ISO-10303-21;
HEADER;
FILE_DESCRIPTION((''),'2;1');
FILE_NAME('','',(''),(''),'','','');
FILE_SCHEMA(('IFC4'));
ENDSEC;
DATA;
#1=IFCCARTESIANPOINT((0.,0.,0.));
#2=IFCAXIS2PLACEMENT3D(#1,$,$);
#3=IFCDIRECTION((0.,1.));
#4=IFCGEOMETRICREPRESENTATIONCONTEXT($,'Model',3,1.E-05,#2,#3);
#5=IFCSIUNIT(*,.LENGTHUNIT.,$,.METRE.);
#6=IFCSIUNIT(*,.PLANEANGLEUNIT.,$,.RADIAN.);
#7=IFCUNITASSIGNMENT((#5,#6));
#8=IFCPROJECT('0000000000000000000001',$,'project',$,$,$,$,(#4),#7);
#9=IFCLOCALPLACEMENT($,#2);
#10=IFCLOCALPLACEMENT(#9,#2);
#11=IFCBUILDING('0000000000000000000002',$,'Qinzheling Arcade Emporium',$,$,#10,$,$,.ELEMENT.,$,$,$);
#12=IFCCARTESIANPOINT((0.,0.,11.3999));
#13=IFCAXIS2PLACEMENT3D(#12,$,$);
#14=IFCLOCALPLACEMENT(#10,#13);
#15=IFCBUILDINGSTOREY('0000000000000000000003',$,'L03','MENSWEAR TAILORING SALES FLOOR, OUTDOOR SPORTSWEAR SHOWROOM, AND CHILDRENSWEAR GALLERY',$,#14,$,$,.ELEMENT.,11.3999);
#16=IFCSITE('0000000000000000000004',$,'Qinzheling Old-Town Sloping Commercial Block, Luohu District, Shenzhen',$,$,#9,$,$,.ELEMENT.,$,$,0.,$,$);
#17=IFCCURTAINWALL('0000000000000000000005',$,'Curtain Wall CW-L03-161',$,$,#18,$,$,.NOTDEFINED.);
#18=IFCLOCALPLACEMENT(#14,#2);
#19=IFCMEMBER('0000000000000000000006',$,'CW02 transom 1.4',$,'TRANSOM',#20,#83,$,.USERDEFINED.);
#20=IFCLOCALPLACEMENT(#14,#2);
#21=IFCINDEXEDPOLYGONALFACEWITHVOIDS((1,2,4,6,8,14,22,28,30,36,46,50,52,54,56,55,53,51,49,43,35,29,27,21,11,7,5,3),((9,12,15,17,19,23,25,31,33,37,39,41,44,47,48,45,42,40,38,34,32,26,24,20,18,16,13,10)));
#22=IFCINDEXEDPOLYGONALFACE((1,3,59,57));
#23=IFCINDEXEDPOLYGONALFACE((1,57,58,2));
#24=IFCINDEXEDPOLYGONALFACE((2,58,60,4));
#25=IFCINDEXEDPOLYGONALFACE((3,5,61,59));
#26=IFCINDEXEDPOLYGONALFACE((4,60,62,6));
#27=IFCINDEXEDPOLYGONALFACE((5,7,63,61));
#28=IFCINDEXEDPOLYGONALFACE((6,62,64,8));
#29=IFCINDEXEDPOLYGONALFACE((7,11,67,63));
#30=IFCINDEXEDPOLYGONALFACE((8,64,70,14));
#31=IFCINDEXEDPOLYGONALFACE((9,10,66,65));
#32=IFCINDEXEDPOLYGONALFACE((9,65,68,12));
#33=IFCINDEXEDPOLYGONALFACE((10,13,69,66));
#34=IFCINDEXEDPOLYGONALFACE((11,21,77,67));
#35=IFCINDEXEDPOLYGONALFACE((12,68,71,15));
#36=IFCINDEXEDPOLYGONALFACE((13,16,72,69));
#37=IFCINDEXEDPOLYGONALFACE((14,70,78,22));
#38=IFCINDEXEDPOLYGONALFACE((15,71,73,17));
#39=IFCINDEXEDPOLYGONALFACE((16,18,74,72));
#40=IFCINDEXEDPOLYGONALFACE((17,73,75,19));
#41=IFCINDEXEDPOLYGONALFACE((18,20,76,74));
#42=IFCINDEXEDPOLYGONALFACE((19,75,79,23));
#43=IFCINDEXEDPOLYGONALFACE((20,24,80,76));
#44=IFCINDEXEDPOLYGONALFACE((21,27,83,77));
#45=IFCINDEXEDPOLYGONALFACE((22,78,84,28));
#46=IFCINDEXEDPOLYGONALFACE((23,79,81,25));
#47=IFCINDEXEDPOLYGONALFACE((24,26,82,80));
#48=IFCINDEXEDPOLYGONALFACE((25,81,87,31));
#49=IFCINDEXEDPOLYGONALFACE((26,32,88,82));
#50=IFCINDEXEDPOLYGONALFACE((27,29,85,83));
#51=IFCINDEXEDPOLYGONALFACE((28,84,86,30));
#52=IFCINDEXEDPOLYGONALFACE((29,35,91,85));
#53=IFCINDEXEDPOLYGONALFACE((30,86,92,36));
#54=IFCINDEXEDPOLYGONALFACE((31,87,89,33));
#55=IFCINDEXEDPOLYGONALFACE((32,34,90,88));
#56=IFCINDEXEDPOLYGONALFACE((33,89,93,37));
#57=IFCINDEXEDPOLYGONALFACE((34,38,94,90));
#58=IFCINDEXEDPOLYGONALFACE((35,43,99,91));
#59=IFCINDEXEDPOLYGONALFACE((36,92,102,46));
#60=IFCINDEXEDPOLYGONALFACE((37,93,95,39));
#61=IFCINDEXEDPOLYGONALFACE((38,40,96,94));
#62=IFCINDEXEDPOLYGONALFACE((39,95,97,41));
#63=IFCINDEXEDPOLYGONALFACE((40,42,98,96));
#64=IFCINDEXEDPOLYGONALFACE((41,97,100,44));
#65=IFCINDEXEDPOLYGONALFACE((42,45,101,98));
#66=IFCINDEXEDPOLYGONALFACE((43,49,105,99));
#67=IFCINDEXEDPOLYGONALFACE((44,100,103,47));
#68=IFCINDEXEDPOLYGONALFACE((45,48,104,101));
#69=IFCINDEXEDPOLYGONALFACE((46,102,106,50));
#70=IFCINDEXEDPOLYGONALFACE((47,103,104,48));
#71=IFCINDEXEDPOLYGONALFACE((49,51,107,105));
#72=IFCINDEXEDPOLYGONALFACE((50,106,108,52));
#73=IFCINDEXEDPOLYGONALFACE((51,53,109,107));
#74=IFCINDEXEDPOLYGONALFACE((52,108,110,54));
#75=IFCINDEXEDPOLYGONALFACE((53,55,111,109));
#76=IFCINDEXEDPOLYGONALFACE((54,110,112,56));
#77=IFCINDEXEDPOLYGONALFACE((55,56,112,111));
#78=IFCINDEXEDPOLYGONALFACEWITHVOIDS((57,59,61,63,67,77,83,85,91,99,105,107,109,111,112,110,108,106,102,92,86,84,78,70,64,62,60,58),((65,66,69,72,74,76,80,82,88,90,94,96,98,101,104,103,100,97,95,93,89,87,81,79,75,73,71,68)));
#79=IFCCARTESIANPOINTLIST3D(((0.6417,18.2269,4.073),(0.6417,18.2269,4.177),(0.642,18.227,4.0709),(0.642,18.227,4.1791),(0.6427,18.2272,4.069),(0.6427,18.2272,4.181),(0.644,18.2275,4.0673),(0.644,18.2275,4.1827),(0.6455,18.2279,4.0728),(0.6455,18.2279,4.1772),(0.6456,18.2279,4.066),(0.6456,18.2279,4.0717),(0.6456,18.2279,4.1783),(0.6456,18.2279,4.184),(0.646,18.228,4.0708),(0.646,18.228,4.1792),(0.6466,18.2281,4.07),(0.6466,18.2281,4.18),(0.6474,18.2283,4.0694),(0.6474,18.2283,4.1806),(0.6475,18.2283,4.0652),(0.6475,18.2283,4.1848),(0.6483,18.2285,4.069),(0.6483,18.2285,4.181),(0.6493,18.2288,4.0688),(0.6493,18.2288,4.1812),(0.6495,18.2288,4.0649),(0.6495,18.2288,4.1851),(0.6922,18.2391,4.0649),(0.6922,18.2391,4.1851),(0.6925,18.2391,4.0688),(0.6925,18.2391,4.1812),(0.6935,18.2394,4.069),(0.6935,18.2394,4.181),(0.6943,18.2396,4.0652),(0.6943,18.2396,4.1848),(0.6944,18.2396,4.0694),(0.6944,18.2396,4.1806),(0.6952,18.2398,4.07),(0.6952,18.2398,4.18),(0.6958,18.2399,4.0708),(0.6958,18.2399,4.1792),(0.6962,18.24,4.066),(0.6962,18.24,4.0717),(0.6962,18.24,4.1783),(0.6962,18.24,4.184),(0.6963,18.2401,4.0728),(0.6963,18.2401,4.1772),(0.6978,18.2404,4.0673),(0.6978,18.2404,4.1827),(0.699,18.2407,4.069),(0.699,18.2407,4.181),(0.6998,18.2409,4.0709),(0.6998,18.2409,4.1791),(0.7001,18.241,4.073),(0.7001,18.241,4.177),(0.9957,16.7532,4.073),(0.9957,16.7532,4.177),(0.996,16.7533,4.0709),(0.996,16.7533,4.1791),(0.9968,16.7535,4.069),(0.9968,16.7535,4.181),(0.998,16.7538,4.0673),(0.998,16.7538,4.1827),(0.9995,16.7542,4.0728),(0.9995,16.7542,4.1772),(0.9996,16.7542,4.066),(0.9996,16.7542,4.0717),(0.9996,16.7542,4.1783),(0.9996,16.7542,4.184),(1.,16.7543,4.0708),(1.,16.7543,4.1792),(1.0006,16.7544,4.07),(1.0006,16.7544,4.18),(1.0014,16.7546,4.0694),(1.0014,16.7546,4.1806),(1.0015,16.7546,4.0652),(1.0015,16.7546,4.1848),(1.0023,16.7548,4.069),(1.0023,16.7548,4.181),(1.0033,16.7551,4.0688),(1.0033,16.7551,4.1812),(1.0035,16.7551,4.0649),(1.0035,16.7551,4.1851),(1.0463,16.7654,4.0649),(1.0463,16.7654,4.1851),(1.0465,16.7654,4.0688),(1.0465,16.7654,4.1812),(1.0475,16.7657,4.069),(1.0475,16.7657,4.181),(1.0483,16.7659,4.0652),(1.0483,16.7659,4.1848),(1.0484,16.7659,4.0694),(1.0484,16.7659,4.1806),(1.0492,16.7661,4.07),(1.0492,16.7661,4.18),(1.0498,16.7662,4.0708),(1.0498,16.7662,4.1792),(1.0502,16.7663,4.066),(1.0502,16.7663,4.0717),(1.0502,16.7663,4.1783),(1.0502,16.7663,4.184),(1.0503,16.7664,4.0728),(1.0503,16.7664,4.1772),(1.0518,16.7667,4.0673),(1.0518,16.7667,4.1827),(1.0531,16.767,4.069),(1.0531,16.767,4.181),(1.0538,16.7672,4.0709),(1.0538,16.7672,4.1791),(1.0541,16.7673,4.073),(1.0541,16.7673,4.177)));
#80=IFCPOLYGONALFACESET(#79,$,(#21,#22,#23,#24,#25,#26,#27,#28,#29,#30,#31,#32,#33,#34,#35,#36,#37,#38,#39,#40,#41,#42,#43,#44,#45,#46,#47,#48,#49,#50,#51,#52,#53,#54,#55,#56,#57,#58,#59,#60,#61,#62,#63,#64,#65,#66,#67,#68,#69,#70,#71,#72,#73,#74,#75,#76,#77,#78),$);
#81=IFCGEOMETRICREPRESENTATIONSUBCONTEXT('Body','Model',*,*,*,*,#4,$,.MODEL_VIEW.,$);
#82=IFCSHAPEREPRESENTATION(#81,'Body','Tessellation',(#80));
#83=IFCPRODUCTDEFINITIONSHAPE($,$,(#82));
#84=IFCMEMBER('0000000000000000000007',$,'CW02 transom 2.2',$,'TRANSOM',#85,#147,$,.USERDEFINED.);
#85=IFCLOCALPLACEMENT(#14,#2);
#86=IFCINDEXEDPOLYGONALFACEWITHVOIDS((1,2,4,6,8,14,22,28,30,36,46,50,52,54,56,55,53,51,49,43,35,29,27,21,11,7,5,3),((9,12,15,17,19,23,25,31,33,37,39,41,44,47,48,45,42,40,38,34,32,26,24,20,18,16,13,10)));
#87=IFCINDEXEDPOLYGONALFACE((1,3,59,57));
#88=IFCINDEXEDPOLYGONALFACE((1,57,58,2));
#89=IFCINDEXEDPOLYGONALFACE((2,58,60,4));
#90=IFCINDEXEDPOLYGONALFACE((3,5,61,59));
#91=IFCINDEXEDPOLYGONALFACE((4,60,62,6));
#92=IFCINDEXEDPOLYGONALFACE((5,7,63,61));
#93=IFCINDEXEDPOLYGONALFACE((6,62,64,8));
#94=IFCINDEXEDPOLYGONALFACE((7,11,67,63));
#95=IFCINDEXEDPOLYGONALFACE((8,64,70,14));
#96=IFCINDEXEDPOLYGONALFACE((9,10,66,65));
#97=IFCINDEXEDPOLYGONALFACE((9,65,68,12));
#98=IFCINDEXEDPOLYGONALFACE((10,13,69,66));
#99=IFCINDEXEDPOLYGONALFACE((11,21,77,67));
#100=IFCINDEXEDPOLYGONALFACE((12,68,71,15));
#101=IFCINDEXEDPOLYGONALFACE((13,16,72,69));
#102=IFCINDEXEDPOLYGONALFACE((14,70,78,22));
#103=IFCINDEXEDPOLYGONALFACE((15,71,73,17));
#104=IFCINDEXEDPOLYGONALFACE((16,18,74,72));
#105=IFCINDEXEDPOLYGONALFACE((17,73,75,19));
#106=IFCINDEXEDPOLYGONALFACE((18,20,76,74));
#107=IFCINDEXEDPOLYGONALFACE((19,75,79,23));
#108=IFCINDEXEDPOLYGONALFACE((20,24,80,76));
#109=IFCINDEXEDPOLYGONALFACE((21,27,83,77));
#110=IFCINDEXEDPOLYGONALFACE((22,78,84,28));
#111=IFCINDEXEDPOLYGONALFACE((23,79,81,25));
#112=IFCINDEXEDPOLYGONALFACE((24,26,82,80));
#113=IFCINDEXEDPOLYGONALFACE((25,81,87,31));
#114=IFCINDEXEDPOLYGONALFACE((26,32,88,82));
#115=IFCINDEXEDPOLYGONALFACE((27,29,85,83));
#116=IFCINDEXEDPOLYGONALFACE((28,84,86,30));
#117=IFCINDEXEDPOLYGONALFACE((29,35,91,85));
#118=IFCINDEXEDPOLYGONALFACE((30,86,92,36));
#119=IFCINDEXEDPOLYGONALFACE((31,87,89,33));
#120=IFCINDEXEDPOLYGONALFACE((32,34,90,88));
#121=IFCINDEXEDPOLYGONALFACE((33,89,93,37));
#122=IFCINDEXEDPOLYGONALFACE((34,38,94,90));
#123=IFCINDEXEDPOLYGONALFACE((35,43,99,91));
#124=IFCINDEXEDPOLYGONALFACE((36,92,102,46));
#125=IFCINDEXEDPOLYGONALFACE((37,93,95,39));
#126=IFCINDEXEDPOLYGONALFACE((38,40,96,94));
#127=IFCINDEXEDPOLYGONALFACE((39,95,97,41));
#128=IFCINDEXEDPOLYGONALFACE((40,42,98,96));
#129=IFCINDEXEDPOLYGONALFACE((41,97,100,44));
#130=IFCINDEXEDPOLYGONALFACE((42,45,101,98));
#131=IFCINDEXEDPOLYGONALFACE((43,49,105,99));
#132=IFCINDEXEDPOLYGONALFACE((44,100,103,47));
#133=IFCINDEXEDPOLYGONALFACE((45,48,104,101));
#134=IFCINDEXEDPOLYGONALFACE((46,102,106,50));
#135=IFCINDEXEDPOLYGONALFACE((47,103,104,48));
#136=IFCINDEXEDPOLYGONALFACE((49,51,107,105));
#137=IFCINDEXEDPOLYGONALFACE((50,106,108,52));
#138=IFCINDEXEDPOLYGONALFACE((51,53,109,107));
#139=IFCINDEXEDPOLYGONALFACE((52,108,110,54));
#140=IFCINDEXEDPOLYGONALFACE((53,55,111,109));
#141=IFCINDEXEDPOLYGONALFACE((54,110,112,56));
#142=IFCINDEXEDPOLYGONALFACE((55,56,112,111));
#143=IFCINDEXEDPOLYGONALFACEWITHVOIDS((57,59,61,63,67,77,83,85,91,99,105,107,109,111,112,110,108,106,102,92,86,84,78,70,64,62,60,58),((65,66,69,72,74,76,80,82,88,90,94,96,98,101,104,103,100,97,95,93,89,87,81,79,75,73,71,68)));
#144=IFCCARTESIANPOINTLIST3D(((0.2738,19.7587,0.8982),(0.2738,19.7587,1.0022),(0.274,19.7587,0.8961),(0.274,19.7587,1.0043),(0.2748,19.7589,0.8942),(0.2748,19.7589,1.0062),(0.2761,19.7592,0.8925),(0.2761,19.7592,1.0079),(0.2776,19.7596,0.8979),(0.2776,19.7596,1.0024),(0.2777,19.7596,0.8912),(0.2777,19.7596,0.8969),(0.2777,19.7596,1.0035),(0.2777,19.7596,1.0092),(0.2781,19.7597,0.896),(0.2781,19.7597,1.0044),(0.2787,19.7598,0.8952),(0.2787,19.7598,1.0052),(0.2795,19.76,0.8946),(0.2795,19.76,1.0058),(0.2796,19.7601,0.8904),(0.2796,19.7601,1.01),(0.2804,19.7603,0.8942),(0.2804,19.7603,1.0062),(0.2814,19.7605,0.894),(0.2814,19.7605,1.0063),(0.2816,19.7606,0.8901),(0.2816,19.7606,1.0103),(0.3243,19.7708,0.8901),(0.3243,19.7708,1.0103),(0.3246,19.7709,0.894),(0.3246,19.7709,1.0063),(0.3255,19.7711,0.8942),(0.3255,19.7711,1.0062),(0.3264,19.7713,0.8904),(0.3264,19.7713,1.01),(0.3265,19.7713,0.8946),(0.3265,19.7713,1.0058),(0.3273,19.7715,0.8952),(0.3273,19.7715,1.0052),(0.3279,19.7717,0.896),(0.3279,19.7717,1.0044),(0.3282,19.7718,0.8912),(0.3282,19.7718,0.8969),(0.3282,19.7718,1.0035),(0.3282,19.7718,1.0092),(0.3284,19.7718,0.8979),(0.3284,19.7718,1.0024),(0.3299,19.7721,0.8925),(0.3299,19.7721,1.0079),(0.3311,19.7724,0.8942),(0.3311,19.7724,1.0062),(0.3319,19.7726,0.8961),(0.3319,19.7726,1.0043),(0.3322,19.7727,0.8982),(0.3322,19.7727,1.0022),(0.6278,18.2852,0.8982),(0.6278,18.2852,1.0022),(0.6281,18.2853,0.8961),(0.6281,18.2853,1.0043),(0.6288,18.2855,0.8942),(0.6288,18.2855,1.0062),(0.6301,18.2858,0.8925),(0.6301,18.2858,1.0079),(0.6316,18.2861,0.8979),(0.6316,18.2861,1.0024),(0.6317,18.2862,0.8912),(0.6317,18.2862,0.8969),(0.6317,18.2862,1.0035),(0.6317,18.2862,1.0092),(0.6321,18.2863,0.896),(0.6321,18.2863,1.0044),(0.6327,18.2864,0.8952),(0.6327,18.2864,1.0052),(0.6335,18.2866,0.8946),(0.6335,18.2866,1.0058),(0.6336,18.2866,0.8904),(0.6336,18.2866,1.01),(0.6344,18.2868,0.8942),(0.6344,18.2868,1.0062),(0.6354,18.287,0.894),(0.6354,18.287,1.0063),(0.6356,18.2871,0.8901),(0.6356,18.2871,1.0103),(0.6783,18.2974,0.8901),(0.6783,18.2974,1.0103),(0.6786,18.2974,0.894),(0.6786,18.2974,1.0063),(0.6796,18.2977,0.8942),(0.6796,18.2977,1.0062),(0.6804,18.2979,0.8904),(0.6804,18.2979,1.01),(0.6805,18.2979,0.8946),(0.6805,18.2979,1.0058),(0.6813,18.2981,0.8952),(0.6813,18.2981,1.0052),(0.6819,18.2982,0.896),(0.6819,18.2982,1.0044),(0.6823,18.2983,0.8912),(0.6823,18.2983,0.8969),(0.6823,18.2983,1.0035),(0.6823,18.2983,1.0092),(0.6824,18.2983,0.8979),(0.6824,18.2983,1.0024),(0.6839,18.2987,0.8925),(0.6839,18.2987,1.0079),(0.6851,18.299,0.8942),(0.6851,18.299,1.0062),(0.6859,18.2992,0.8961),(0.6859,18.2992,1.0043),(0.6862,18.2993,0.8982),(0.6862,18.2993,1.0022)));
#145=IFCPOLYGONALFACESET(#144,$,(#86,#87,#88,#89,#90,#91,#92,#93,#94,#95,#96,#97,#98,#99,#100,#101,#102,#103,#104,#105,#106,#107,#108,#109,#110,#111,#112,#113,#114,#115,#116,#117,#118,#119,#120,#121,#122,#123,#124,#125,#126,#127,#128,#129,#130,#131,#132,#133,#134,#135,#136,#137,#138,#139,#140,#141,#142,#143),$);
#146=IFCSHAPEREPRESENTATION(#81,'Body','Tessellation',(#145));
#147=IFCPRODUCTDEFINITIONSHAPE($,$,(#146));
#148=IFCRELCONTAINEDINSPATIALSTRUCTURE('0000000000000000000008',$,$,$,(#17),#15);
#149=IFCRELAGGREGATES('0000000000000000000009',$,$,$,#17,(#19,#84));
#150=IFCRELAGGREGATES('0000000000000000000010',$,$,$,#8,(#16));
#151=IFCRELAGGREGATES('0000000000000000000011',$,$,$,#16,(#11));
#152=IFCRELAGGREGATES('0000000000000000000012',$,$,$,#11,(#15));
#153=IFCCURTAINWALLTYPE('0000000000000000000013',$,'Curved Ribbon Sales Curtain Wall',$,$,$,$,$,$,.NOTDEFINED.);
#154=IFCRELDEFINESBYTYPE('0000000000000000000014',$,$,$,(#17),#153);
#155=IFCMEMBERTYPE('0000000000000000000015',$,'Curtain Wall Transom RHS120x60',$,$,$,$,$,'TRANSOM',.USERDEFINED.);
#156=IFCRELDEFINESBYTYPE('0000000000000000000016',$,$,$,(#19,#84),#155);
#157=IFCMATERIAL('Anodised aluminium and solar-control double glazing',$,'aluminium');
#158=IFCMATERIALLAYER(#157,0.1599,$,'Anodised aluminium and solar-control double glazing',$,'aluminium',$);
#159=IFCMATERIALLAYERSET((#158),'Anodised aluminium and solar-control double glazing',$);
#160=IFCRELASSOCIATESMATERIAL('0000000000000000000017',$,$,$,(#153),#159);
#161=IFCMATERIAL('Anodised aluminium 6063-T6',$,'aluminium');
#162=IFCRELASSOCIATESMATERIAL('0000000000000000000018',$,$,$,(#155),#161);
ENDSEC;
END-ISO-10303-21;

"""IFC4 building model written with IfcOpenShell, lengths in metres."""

from ifc_helpers import new_model, si_unit, direction, frame, origin, origin_2d, place, context, subcontext, project, spatial, hollow_rectangle, extrude, material, layer, layer_set, material_profile, profile_set, type_object, element, aggregate, save


model = new_model("IFC4")

# Units and contexts
model_context = context("Model", 3, precision=1e-05, world=origin(), true_north=direction((0.0, 1.0)))
body_context = subcontext(model_context, "Body", "Model", "MODEL_VIEW")
ifc_project = project(units=[si_unit("LENGTHUNIT", "METRE"), si_unit("PLANEANGLEUNIT", "RADIAN")], contexts=[model_context])

# Site, building, storey
site_placement = place(None, origin())
site = spatial("IfcSite", under=ifc_project, at=site_placement, Name="Qinzheling Old-Town Sloping Commercial Block, Luohu District, Shenzhen", CompositionType="ELEMENT", RefElevation=0.0)
building_placement = place(site_placement, origin())
building = spatial("IfcBuilding", under=site, at=building_placement, Name="Qinzheling Arcade Emporium", CompositionType="ELEMENT")
storey_placement = place(building_placement, frame((0.0, 0.0, 11.3999)))
storey = spatial("IfcBuildingStorey", under=building, at=storey_placement, Name="L03", Description="MENSWEAR TAILORING SALES FLOOR, OUTDOOR SPORTSWEAR SHOWROOM, AND CHILDRENSWEAR GALLERY", CompositionType="ELEMENT", Elevation=11.3999)

# Curtain wall
ifc_material_1 = material(Name="Anodised aluminium and solar-control double glazing", Category="aluminium")
ifc_layer_1 = layer(ifc_material_1, 0.1599, Name="Anodised aluminium and solar-control double glazing", Category="aluminium")
ifc_layer_set_1 = layer_set([ifc_layer_1], Name="Anodised aluminium and solar-control double glazing")
curtain_wall_type = type_object("IfcCurtainWallType", Name="Curved Ribbon Sales Curtain Wall", PredefinedType="NOTDEFINED", material=ifc_layer_set_1)
ifc_material_2 = material(Name="Anodised aluminium 6063-T6", Category="aluminium")
curtain_wall_1_placement = place(storey_placement, origin())
curtain_wall_1 = element("IfcCurtainWall", 1, at=curtain_wall_1_placement, inside=storey, type_object=curtain_wall_type, Name="Curtain Wall CW-L03-161", PredefinedType="NOTDEFINED")

# Members
ifc_material_profile_1 = material_profile(ifc_material_2, hollow_rectangle(XDim=0.0601, YDim=0.1201, WallThickness=0.0039, InnerFilletRadius=0.0039, OuterFilletRadius=0.0081, at=origin_2d()), Name="RHS 120x60x4", Category="aluminium")
ifc_profile_set_1 = profile_set([ifc_material_profile_1], Name="Anodised aluminium 6063-T6")
member_type_1 = type_object("IfcMemberType", Name="Curtain Wall Transom RHS120x60", ElementType="TRANSOM", PredefinedType="USERDEFINED", material=ifc_profile_set_1)
member_1_placement = place(storey_placement, frame((1.0249, 16.7603, 4.125), z_axis=(-0.23358, 0.972338, 0.0), x_axis=(-0.972338, -0.23358, 0.0)))
member_1 = element("IfcMember", 2, at=member_1_placement, type_object=member_type_1, Name="CW02 transom 1.4", ObjectType="TRANSOM", PredefinedType="USERDEFINED", context=body_context, shape_type="SweptSolid", body=[
    extrude(hollow_rectangle(XDim=0.0601, YDim=0.1201, WallThickness=0.0039, InnerFilletRadius=0.0039, OuterFilletRadius=0.0081, at=origin_2d()), origin(), (0.0, 0.0, 1.0), 1.5156),
])
member_2_placement = place(storey_placement, frame((0.657, 18.2922, 0.9502), z_axis=(-0.233617, 0.972329, 0.0), x_axis=(-0.972329, -0.233617, 0.0)))
member_2 = element("IfcMember", 3, at=member_2_placement, type_object=member_type_1, Name="CW02 transom 2.2", ObjectType="TRANSOM", PredefinedType="USERDEFINED", context=body_context, shape_type="SweptSolid", body=[
    extrude(hollow_rectangle(XDim=0.0601, YDim=0.1201, WallThickness=0.0039, InnerFilletRadius=0.0039, OuterFilletRadius=0.0081, at=origin_2d()), origin(), (0.0, 0.0, 1.0), 1.5154),
])

aggregate(curtain_wall_1, [member_1, member_2])

save(model, "model.ifc")
